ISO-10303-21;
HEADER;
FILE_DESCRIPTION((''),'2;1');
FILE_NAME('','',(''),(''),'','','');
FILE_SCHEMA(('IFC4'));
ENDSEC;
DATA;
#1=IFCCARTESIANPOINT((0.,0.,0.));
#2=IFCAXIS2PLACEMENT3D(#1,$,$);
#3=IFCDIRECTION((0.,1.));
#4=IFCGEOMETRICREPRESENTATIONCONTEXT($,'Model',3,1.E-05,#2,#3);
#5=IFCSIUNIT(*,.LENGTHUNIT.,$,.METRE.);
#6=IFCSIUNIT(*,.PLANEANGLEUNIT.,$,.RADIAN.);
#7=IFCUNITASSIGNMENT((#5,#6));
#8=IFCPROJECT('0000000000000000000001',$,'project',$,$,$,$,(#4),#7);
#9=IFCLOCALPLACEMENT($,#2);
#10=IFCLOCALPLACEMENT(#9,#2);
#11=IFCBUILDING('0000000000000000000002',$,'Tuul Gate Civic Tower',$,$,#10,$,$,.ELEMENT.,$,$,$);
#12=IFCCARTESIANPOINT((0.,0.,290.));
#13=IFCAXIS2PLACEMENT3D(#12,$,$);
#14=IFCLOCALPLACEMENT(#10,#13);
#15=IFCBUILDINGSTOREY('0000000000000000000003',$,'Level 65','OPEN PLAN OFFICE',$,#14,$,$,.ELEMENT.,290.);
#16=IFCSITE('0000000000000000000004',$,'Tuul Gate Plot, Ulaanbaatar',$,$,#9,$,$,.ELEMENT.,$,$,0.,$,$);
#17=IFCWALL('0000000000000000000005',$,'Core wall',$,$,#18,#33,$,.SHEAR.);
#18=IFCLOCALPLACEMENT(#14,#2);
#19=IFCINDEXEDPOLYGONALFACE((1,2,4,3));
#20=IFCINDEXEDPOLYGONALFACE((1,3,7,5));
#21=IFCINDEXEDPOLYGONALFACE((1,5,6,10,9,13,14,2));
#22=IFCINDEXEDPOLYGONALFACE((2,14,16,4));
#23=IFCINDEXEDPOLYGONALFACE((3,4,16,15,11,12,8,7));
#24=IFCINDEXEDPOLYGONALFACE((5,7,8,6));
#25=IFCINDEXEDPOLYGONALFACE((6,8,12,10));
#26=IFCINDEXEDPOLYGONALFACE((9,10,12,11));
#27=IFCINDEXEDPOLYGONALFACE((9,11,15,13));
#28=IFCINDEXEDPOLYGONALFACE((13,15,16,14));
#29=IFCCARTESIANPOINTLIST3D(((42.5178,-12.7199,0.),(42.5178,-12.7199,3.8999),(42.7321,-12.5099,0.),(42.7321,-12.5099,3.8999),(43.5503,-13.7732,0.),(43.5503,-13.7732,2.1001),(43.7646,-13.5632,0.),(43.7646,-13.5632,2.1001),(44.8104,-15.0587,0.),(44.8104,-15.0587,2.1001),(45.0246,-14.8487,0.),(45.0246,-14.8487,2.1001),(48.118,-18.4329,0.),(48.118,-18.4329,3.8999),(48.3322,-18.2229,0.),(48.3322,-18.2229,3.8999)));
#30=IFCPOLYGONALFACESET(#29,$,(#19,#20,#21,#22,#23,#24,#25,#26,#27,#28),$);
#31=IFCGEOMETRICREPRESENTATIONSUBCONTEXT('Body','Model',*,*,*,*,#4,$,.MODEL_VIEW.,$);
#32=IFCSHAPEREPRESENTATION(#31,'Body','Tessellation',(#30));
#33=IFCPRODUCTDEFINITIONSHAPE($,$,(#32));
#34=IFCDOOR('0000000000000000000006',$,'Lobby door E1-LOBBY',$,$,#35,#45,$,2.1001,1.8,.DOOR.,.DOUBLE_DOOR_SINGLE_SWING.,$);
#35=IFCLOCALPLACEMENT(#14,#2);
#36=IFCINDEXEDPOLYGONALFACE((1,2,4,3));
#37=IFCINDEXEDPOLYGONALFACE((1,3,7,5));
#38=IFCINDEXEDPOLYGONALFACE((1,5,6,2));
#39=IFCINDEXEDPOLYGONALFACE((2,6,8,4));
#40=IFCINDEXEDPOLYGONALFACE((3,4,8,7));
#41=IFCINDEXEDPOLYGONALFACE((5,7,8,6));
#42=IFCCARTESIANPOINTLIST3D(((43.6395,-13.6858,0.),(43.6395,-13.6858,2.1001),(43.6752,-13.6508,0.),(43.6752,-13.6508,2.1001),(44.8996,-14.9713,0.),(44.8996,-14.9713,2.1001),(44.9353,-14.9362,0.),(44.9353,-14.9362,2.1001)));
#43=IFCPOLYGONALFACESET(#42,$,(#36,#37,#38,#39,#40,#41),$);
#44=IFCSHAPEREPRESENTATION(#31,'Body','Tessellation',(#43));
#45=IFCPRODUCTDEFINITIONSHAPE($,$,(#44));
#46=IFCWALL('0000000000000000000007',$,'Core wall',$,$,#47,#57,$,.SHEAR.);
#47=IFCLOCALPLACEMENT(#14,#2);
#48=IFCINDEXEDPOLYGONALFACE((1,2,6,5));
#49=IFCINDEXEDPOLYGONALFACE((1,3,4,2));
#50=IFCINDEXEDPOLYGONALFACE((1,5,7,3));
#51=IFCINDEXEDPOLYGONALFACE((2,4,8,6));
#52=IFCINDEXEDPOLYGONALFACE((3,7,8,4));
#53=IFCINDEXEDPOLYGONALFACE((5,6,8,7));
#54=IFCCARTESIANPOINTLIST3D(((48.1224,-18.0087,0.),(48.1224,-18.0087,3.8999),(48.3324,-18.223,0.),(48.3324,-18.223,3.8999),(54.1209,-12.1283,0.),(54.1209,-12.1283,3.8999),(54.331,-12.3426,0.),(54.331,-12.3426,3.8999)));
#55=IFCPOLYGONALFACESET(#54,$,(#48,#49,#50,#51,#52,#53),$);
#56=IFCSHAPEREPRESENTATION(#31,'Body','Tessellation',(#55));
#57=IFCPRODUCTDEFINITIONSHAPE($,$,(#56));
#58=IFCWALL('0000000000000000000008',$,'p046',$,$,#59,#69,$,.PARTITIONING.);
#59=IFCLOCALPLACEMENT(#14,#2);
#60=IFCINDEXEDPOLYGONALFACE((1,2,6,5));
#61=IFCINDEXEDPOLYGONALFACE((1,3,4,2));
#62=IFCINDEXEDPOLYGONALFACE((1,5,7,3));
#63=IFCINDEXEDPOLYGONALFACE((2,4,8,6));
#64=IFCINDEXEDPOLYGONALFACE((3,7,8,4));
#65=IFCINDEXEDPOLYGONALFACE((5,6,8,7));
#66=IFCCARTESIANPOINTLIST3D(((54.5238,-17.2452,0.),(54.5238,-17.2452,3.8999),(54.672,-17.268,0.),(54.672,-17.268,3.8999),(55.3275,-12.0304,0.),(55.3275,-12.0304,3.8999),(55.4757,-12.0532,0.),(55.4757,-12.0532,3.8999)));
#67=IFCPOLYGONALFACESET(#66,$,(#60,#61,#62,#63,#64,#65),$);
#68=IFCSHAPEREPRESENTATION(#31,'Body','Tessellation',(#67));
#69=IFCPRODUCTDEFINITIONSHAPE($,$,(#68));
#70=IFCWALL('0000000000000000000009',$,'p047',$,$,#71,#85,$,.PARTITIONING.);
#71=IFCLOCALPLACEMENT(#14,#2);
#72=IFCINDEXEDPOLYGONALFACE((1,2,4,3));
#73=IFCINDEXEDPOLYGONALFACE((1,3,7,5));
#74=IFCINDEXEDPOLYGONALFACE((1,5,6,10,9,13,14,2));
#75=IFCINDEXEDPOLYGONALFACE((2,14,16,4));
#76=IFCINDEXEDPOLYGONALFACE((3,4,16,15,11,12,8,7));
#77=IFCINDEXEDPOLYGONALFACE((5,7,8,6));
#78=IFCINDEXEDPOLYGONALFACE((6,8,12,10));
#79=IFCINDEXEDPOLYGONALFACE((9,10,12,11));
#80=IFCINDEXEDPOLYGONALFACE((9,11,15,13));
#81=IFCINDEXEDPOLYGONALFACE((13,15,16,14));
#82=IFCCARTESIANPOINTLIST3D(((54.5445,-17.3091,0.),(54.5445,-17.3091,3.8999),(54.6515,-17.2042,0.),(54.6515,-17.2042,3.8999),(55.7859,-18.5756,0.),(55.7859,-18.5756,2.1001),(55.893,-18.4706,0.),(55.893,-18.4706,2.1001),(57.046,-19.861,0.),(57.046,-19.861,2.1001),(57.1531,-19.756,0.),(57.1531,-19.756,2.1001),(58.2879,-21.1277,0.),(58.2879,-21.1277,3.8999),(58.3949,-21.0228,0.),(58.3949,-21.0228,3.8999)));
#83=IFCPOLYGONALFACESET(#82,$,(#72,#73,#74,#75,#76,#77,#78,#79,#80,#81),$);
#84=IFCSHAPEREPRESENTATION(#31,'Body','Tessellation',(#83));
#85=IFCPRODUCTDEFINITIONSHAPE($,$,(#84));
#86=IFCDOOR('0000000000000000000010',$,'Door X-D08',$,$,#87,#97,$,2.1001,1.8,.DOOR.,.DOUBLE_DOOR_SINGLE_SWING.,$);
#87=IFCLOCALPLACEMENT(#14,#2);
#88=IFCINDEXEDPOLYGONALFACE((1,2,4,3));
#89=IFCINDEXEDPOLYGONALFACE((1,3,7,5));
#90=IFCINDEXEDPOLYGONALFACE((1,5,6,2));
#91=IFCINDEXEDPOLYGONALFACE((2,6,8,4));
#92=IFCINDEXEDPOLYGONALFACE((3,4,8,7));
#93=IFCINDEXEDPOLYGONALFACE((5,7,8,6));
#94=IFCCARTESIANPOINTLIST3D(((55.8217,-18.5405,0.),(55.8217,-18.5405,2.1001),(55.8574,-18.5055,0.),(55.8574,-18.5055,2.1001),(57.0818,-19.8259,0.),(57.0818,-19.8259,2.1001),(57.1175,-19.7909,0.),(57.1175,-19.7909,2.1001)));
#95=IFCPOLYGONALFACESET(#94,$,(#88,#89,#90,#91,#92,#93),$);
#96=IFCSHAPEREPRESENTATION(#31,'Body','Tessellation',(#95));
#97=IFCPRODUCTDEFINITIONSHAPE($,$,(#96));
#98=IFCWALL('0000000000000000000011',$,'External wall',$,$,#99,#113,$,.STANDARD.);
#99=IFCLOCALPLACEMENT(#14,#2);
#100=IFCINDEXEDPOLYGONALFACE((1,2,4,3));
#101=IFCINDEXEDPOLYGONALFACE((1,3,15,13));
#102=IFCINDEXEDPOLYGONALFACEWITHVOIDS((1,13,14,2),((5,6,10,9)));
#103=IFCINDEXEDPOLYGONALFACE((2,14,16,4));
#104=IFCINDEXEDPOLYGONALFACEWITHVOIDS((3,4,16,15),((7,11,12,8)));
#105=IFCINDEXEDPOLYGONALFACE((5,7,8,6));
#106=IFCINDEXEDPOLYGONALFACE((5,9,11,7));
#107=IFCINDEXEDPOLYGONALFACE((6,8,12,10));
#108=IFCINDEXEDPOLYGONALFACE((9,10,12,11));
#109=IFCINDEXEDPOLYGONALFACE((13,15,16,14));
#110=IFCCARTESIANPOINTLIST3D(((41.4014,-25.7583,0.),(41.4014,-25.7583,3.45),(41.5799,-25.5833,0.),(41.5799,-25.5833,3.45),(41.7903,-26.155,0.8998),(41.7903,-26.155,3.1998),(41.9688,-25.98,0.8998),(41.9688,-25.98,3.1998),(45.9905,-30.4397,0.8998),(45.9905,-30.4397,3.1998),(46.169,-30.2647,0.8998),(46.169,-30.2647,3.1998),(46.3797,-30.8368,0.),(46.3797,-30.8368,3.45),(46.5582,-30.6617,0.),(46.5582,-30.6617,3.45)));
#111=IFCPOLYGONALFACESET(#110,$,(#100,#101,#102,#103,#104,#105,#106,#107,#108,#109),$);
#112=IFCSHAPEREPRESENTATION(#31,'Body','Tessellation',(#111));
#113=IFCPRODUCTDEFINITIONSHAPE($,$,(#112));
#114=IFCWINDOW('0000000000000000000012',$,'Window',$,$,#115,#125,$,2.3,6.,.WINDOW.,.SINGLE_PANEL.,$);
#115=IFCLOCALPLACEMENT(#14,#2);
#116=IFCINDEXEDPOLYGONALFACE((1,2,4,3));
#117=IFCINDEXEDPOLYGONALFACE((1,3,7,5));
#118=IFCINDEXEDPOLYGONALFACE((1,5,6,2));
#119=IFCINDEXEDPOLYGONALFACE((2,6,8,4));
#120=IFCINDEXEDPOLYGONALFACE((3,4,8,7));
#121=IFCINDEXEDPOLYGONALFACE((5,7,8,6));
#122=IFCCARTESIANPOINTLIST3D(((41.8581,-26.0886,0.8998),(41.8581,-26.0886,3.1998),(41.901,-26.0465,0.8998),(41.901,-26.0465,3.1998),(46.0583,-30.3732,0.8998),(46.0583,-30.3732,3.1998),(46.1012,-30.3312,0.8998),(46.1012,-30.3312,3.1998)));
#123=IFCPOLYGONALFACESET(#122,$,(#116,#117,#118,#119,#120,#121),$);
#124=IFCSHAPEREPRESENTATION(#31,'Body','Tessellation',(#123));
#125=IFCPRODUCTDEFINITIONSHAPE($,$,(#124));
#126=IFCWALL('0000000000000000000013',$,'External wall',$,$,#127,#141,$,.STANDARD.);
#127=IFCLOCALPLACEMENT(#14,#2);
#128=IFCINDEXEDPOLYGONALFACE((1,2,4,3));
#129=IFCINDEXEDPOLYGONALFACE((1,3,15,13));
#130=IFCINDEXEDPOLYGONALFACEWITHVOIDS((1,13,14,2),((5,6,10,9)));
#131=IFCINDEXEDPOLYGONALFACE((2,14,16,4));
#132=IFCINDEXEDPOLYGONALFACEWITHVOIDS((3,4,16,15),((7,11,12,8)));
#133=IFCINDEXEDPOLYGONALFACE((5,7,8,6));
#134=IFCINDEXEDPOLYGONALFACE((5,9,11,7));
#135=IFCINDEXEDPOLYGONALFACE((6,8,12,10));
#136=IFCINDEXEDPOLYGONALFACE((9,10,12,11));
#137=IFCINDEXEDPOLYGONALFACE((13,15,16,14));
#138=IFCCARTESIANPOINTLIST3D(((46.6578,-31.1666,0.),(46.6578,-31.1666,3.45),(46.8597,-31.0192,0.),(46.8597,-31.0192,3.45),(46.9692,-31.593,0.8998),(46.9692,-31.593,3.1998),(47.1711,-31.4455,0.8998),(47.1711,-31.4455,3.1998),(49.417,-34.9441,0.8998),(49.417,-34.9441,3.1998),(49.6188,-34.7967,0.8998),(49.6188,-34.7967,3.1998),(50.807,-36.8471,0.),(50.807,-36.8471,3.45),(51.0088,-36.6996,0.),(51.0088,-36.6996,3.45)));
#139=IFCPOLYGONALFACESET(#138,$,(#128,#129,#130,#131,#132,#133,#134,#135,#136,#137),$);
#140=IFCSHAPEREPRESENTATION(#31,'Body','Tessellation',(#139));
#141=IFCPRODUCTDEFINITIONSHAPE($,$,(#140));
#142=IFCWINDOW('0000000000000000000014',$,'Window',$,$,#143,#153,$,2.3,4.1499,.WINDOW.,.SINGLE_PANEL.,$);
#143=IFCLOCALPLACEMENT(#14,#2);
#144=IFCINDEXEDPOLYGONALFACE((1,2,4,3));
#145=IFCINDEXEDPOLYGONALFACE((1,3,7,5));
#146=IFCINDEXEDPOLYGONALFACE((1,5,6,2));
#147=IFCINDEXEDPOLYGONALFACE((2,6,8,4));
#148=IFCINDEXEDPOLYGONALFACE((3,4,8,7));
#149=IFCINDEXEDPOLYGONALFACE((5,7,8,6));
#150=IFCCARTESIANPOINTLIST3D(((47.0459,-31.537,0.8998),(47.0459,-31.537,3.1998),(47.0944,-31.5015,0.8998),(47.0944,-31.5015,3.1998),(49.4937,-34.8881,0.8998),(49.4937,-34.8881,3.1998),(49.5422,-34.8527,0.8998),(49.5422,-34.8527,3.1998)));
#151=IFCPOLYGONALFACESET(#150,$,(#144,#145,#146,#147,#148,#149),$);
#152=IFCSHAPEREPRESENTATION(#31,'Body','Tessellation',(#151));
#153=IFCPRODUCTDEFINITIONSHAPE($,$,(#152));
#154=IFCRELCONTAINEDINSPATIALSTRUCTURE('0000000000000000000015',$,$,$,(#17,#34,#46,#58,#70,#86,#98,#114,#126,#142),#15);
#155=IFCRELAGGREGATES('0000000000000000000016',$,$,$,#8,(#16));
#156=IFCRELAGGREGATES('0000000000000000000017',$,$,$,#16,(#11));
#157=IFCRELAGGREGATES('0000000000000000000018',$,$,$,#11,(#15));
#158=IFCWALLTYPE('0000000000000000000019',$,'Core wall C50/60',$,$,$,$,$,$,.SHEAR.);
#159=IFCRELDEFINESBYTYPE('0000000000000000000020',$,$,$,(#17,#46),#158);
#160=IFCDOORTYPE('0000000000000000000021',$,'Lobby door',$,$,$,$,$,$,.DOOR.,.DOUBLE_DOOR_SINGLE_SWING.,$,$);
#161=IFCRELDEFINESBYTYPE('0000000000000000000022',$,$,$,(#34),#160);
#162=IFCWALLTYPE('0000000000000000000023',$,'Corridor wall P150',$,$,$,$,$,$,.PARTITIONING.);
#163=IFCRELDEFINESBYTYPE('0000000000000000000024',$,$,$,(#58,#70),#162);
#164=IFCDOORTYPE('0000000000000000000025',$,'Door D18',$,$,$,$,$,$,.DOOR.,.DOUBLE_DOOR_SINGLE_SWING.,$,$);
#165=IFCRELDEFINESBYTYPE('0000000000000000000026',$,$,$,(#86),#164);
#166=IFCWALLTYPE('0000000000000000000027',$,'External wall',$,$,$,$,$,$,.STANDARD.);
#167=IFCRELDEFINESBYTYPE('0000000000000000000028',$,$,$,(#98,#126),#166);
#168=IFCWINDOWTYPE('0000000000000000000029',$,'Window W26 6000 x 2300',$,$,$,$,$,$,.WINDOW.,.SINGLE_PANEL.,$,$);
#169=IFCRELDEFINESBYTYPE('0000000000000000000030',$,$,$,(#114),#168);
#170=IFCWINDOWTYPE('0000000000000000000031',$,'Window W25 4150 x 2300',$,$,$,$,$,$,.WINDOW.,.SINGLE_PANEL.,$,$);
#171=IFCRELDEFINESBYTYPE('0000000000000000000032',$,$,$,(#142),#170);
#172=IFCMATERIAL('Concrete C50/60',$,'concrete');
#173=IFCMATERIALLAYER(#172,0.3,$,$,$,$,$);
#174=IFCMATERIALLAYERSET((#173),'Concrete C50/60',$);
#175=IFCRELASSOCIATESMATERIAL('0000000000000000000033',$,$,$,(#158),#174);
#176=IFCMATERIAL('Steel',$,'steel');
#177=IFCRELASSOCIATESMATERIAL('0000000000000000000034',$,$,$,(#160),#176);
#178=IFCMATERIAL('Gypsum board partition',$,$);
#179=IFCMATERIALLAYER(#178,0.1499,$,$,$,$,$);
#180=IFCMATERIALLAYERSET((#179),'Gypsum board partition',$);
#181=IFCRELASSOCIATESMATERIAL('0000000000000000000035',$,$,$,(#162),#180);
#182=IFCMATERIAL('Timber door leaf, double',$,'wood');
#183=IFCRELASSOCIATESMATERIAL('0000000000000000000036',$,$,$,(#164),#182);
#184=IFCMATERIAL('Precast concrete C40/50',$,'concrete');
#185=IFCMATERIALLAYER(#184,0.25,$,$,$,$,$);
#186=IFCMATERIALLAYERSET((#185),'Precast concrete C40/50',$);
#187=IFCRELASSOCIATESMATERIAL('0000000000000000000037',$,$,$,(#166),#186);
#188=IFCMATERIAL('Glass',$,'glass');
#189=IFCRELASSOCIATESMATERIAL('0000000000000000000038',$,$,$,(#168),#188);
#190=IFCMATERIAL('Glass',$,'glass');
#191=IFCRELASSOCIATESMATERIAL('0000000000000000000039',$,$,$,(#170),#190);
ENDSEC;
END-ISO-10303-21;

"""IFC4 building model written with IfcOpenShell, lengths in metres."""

from ifc_helpers import new_model, si_unit, direction, frame, frame_2d, origin, place, context, subcontext, project, spatial, rectangle, extrude, material, layer, layer_set, type_object, element, fill, save


model = new_model("IFC4")

# Units and contexts
model_context = context("Model", 3, precision=1e-05, world=origin(), true_north=direction((0.0, 1.0)))
body_context = subcontext(model_context, "Body", "Model", "MODEL_VIEW")
ifc_project = project(units=[si_unit("LENGTHUNIT", "METRE"), si_unit("PLANEANGLEUNIT", "RADIAN")], contexts=[model_context])

# Site, building, storey
site_placement = place(None, origin())
site = spatial("IfcSite", under=ifc_project, at=site_placement, Name="Tuul Gate Plot, Ulaanbaatar", CompositionType="ELEMENT", RefElevation=0.0)
building_placement = place(site_placement, origin())
building = spatial("IfcBuilding", under=site, at=building_placement, Name="Tuul Gate Civic Tower", CompositionType="ELEMENT")
storey_placement = place(building_placement, frame((0.0, 0.0, 290.0)))
storey = spatial("IfcBuildingStorey", under=building, at=storey_placement, Name="Level 65", Description="OPEN PLAN OFFICE", CompositionType="ELEMENT", Elevation=290.0)

# Wall, opening, door
ifc_material_1 = material(Name="Concrete C50/60", Category="concrete")
ifc_layer_1 = layer(ifc_material_1, 0.3)
ifc_layer_set_1 = layer_set([ifc_layer_1], Name="Concrete C50/60")
wall_type_1 = type_object("IfcWallType", Name="Core wall C50/60", PredefinedType="SHEAR", material=ifc_layer_set_1)
wall_1_placement = place(storey_placement, frame((48.2251, -18.3279, 0.0), z_axis=(0.0, 0.0, 1.0), x_axis=(-0.700022, 0.714121, 0.0)))
wall_1 = element("IfcWall", 1, at=wall_1_placement, inside=storey, type_object=wall_type_1, Name="Core wall", PredefinedType="SHEAR", context=body_context, shape_type="SweptSolid", body=[
    extrude(rectangle(XDim=8.0, YDim=0.3, at=frame_2d((4.0, 0.0))), origin(), (0.0, 0.0, 1.0), 3.8999),
])
opening_1_placement = place(wall_1_placement, frame((4.7251, 0.0, 0.0)))
opening_1 = element("IfcOpeningElement", 2, at=opening_1_placement, cuts=wall_1, PredefinedType="OPENING", context=body_context, shape_type="SweptSolid", body=[
    extrude(rectangle(XDim=1.8, YDim=2.1001, at=frame_2d((0.8999, 1.05))), frame((0.0, 0.1602, 0.0), z_axis=(0.0, -1.0, 0.0), x_axis=(1.0, 0.0, 0.0)), (0.0, 0.0, 1.0), 0.3201),
])
ifc_material_2 = material(Name="Steel", Category="steel")
door_type_1 = type_object("IfcDoorType", Name="Lobby door", OperationType="DOUBLE_DOOR_SINGLE_SWING", PredefinedType="DOOR", material=ifc_material_2)
door_1_placement = place(opening_1_placement, frame((1.8, 0.0, 0.0), z_axis=(0.0, 0.0, 1.0), x_axis=(-1.0, 0.0, 0.0)))
door_1 = element("IfcDoor", 3, at=door_1_placement, inside=storey, type_object=door_type_1, Name="Lobby door E1-LOBBY", OperationType="DOUBLE_DOOR_SINGLE_SWING", OverallHeight=2.1001, OverallWidth=1.8, PredefinedType="DOOR", context=body_context, shape_type="SweptSolid", body=[
    extrude(rectangle(XDim=1.8, YDim=2.1001, at=frame_2d((0.9001, 1.05))), frame((0.0, 0.0249, 0.0), z_axis=(0.0, -1.0, 0.0), x_axis=(1.0, 0.0, 0.0)), (0.0, 0.0, 1.0), 0.05),
])
fill(opening_1, door_1)

# Walls
wall_2_placement = place(storey_placement, frame((48.2273, -18.116, 0.0), z_axis=(0.0, 0.0, 1.0), x_axis=(0.714105, 0.700038, 0.0)))
element("IfcWall", 4, at=wall_2_placement, inside=storey, type_object=wall_type_1, Name="Core wall", PredefinedType="SHEAR", context=body_context, shape_type="SweptSolid", body=[
    extrude(rectangle(XDim=8.4001, YDim=0.3, at=frame_2d((4.2002, 0.0))), origin(), (0.0, 0.0, 1.0), 3.8999),
])
ifc_material_3 = material(Name="Gypsum board partition")
ifc_layer_2 = layer(ifc_material_3, 0.1499)
ifc_layer_set_2 = layer_set([ifc_layer_2], Name="Gypsum board partition")
wall_type_2 = type_object("IfcWallType", Name="Corridor wall P150", PredefinedType="PARTITIONING", material=ifc_layer_set_2)
wall_3_placement = place(storey_placement, frame((54.5979, -17.2566, 0.0), z_axis=(0.0, 0.0, 1.0), x_axis=(0.152321, 0.988331, 0.0)))
element("IfcWall", 5, at=wall_3_placement, inside=storey, type_object=wall_type_2, Name="p046", PredefinedType="PARTITIONING", context=body_context, shape_type="SweptSolid", body=[
    extrude(rectangle(XDim=5.2764, YDim=0.1499, at=frame_2d((2.6382, 0.0))), origin(), (0.0, 0.0, 1.0), 3.8999),
])

# Wall, opening, door
wall_4_placement = place(storey_placement, frame((54.5979, -17.2566, 0.0), z_axis=(0.0, 0.0, 1.0), x_axis=(0.700041, -0.714103, 0.0)))
wall_4 = element("IfcWall", 6, at=wall_4_placement, inside=storey, type_object=wall_type_2, Name="p047", PredefinedType="PARTITIONING", context=body_context, shape_type="SweptSolid", body=[
    extrude(rectangle(XDim=5.3474, YDim=0.1499, at=frame_2d((2.6738, 0.0))), origin(), (0.0, 0.0, 1.0), 3.8999),
])
opening_2_placement = place(wall_4_placement, frame((1.7737, 0.0, 0.0)))
opening_2 = element("IfcOpeningElement", 7, at=opening_2_placement, cuts=wall_4, PredefinedType="OPENING", context=body_context, shape_type="SweptSolid", body=[
    extrude(rectangle(XDim=1.8, YDim=2.1001, at=frame_2d((0.8999, 1.05))), frame((0.0, 0.085, 0.0), z_axis=(0.0, -1.0, 0.0), x_axis=(1.0, 0.0, 0.0)), (0.0, 0.0, 1.0), 0.1699),
])
ifc_material_4 = material(Name="Timber door leaf, double", Category="wood")
door_type_2 = type_object("IfcDoorType", Name="Door D18", OperationType="DOUBLE_DOOR_SINGLE_SWING", PredefinedType="DOOR", material=ifc_material_4)
door_2_placement = place(opening_2_placement, frame((1.8, 0.0, 0.0), z_axis=(0.0, 0.0, 1.0), x_axis=(-1.0, 0.0, 0.0)))
door_2 = element("IfcDoor", 8, at=door_2_placement, inside=storey, type_object=door_type_2, Name="Door X-D08", OperationType="DOUBLE_DOOR_SINGLE_SWING", OverallHeight=2.1001, OverallWidth=1.8, PredefinedType="DOOR", context=body_context, shape_type="SweptSolid", body=[
    extrude(rectangle(XDim=1.8, YDim=2.1001, at=frame_2d((0.9001, 1.05))), frame((0.0, 0.0249, 0.0), z_axis=(0.0, -1.0, 0.0), x_axis=(1.0, 0.0, 0.0)), (0.0, 0.0, 1.0), 0.05),
])
fill(opening_2, door_2)

# Walls, openings, windows
ifc_material_5 = material(Name="Precast concrete C40/50", Category="concrete")
ifc_layer_3 = layer(ifc_material_5, 0.25)
ifc_layer_set_3 = layer_set([ifc_layer_3], Name="Precast concrete C40/50")
wall_type_3 = type_object("IfcWallType", Name="External wall", PredefinedType="STANDARD", material=ifc_layer_set_3)
wall_5_placement = place(storey_placement, frame((41.4907, -25.6709, 0.0), z_axis=(0.0, 0.0, 1.0), x_axis=(0.700034, -0.71411, 0.0)))
wall_5 = element("IfcWall", 9, at=wall_5_placement, inside=storey, type_object=wall_type_3, Name="External wall", PredefinedType="STANDARD", context=body_context, shape_type="SweptSolid", body=[
    extrude(rectangle(XDim=7.1116, YDim=0.25, at=frame_2d((3.5557, 0.0))), origin(), (0.0, 0.0, 1.0), 3.45),
])
opening_3_placement = place(wall_5_placement, frame((0.5554, 0.0, 0.8999)))
opening_3 = element("IfcOpeningElement", 10, at=opening_3_placement, cuts=wall_5, PredefinedType="OPENING", context=body_context, shape_type="SweptSolid", body=[
    extrude(rectangle(XDim=6.0, YDim=2.3, at=frame_2d((3.0, 1.1499))), frame((0.0, 0.135, 0.0), z_axis=(0.0, -1.0, 0.0), x_axis=(1.0, 0.0, 0.0)), (0.0, 0.0, 1.0), 0.27),
])
ifc_material_6 = material(Name="Glass", Category="glass")
window_type_1 = type_object("IfcWindowType", Name="Window W26 6000 x 2300", PartitioningType="SINGLE_PANEL", PredefinedType="WINDOW", material=ifc_material_6)
window_1_placement = place(opening_3_placement, origin())
window_1 = element("IfcWindow", 11, at=window_1_placement, inside=storey, type_object=window_type_1, Name="Window", OverallHeight=2.3, OverallWidth=6.0, PartitioningType="SINGLE_PANEL", PredefinedType="WINDOW", context=body_context, shape_type="SweptSolid", body=[
    extrude(rectangle(XDim=6.0, YDim=2.3, at=frame_2d((3.0, 1.1499))), frame((0.0, 0.03, 0.0), z_axis=(0.0, -1.0, 0.0), x_axis=(1.0, 0.0, 0.0)), (0.0, 0.0, 1.0), 0.0601),
])
fill(opening_3, window_1)
wall_6_placement = place(storey_placement, frame((46.7588, -31.093, 0.0), z_axis=(0.0, 0.0, 1.0), x_axis=(0.58984, -0.80752, 0.0)))
wall_6 = element("IfcWall", 12, at=wall_6_placement, inside=storey, type_object=wall_type_3, Name="External wall", PredefinedType="STANDARD", context=body_context, shape_type="SweptSolid", body=[
    extrude(rectangle(XDim=7.0344, YDim=0.25, at=frame_2d((3.5171, 0.0))), origin(), (0.0, 0.0, 1.0), 3.45),
])
opening_4_placement = place(wall_6_placement, frame((0.5278, 0.0, 0.8999)))
opening_4 = element("IfcOpeningElement", 13, at=opening_4_placement, cuts=wall_6, PredefinedType="OPENING", context=body_context, shape_type="SweptSolid", body=[
    extrude(rectangle(XDim=4.1499, YDim=2.3, at=frame_2d((2.075, 1.1499))), frame((0.0, 0.135, 0.0), z_axis=(0.0, -1.0, 0.0), x_axis=(1.0, 0.0, 0.0)), (0.0, 0.0, 1.0), 0.27),
])
ifc_material_7 = material(Name="Glass", Category="glass")
window_type_2 = type_object("IfcWindowType", Name="Window W25 4150 x 2300", PartitioningType="SINGLE_PANEL", PredefinedType="WINDOW", material=ifc_material_7)
window_2_placement = place(opening_4_placement, origin())
window_2 = element("IfcWindow", 14, at=window_2_placement, inside=storey, type_object=window_type_2, Name="Window", OverallHeight=2.3, OverallWidth=4.1499, PartitioningType="SINGLE_PANEL", PredefinedType="WINDOW", context=body_context, shape_type="SweptSolid", body=[
    extrude(rectangle(XDim=4.1499, YDim=2.3, at=frame_2d((2.075, 1.1499))), frame((0.0, 0.03, 0.0), z_axis=(0.0, -1.0, 0.0), x_axis=(1.0, 0.0, 0.0)), (0.0, 0.0, 1.0), 0.0601),
])
fill(opening_4, window_2)

save(model, "model.ifc")
